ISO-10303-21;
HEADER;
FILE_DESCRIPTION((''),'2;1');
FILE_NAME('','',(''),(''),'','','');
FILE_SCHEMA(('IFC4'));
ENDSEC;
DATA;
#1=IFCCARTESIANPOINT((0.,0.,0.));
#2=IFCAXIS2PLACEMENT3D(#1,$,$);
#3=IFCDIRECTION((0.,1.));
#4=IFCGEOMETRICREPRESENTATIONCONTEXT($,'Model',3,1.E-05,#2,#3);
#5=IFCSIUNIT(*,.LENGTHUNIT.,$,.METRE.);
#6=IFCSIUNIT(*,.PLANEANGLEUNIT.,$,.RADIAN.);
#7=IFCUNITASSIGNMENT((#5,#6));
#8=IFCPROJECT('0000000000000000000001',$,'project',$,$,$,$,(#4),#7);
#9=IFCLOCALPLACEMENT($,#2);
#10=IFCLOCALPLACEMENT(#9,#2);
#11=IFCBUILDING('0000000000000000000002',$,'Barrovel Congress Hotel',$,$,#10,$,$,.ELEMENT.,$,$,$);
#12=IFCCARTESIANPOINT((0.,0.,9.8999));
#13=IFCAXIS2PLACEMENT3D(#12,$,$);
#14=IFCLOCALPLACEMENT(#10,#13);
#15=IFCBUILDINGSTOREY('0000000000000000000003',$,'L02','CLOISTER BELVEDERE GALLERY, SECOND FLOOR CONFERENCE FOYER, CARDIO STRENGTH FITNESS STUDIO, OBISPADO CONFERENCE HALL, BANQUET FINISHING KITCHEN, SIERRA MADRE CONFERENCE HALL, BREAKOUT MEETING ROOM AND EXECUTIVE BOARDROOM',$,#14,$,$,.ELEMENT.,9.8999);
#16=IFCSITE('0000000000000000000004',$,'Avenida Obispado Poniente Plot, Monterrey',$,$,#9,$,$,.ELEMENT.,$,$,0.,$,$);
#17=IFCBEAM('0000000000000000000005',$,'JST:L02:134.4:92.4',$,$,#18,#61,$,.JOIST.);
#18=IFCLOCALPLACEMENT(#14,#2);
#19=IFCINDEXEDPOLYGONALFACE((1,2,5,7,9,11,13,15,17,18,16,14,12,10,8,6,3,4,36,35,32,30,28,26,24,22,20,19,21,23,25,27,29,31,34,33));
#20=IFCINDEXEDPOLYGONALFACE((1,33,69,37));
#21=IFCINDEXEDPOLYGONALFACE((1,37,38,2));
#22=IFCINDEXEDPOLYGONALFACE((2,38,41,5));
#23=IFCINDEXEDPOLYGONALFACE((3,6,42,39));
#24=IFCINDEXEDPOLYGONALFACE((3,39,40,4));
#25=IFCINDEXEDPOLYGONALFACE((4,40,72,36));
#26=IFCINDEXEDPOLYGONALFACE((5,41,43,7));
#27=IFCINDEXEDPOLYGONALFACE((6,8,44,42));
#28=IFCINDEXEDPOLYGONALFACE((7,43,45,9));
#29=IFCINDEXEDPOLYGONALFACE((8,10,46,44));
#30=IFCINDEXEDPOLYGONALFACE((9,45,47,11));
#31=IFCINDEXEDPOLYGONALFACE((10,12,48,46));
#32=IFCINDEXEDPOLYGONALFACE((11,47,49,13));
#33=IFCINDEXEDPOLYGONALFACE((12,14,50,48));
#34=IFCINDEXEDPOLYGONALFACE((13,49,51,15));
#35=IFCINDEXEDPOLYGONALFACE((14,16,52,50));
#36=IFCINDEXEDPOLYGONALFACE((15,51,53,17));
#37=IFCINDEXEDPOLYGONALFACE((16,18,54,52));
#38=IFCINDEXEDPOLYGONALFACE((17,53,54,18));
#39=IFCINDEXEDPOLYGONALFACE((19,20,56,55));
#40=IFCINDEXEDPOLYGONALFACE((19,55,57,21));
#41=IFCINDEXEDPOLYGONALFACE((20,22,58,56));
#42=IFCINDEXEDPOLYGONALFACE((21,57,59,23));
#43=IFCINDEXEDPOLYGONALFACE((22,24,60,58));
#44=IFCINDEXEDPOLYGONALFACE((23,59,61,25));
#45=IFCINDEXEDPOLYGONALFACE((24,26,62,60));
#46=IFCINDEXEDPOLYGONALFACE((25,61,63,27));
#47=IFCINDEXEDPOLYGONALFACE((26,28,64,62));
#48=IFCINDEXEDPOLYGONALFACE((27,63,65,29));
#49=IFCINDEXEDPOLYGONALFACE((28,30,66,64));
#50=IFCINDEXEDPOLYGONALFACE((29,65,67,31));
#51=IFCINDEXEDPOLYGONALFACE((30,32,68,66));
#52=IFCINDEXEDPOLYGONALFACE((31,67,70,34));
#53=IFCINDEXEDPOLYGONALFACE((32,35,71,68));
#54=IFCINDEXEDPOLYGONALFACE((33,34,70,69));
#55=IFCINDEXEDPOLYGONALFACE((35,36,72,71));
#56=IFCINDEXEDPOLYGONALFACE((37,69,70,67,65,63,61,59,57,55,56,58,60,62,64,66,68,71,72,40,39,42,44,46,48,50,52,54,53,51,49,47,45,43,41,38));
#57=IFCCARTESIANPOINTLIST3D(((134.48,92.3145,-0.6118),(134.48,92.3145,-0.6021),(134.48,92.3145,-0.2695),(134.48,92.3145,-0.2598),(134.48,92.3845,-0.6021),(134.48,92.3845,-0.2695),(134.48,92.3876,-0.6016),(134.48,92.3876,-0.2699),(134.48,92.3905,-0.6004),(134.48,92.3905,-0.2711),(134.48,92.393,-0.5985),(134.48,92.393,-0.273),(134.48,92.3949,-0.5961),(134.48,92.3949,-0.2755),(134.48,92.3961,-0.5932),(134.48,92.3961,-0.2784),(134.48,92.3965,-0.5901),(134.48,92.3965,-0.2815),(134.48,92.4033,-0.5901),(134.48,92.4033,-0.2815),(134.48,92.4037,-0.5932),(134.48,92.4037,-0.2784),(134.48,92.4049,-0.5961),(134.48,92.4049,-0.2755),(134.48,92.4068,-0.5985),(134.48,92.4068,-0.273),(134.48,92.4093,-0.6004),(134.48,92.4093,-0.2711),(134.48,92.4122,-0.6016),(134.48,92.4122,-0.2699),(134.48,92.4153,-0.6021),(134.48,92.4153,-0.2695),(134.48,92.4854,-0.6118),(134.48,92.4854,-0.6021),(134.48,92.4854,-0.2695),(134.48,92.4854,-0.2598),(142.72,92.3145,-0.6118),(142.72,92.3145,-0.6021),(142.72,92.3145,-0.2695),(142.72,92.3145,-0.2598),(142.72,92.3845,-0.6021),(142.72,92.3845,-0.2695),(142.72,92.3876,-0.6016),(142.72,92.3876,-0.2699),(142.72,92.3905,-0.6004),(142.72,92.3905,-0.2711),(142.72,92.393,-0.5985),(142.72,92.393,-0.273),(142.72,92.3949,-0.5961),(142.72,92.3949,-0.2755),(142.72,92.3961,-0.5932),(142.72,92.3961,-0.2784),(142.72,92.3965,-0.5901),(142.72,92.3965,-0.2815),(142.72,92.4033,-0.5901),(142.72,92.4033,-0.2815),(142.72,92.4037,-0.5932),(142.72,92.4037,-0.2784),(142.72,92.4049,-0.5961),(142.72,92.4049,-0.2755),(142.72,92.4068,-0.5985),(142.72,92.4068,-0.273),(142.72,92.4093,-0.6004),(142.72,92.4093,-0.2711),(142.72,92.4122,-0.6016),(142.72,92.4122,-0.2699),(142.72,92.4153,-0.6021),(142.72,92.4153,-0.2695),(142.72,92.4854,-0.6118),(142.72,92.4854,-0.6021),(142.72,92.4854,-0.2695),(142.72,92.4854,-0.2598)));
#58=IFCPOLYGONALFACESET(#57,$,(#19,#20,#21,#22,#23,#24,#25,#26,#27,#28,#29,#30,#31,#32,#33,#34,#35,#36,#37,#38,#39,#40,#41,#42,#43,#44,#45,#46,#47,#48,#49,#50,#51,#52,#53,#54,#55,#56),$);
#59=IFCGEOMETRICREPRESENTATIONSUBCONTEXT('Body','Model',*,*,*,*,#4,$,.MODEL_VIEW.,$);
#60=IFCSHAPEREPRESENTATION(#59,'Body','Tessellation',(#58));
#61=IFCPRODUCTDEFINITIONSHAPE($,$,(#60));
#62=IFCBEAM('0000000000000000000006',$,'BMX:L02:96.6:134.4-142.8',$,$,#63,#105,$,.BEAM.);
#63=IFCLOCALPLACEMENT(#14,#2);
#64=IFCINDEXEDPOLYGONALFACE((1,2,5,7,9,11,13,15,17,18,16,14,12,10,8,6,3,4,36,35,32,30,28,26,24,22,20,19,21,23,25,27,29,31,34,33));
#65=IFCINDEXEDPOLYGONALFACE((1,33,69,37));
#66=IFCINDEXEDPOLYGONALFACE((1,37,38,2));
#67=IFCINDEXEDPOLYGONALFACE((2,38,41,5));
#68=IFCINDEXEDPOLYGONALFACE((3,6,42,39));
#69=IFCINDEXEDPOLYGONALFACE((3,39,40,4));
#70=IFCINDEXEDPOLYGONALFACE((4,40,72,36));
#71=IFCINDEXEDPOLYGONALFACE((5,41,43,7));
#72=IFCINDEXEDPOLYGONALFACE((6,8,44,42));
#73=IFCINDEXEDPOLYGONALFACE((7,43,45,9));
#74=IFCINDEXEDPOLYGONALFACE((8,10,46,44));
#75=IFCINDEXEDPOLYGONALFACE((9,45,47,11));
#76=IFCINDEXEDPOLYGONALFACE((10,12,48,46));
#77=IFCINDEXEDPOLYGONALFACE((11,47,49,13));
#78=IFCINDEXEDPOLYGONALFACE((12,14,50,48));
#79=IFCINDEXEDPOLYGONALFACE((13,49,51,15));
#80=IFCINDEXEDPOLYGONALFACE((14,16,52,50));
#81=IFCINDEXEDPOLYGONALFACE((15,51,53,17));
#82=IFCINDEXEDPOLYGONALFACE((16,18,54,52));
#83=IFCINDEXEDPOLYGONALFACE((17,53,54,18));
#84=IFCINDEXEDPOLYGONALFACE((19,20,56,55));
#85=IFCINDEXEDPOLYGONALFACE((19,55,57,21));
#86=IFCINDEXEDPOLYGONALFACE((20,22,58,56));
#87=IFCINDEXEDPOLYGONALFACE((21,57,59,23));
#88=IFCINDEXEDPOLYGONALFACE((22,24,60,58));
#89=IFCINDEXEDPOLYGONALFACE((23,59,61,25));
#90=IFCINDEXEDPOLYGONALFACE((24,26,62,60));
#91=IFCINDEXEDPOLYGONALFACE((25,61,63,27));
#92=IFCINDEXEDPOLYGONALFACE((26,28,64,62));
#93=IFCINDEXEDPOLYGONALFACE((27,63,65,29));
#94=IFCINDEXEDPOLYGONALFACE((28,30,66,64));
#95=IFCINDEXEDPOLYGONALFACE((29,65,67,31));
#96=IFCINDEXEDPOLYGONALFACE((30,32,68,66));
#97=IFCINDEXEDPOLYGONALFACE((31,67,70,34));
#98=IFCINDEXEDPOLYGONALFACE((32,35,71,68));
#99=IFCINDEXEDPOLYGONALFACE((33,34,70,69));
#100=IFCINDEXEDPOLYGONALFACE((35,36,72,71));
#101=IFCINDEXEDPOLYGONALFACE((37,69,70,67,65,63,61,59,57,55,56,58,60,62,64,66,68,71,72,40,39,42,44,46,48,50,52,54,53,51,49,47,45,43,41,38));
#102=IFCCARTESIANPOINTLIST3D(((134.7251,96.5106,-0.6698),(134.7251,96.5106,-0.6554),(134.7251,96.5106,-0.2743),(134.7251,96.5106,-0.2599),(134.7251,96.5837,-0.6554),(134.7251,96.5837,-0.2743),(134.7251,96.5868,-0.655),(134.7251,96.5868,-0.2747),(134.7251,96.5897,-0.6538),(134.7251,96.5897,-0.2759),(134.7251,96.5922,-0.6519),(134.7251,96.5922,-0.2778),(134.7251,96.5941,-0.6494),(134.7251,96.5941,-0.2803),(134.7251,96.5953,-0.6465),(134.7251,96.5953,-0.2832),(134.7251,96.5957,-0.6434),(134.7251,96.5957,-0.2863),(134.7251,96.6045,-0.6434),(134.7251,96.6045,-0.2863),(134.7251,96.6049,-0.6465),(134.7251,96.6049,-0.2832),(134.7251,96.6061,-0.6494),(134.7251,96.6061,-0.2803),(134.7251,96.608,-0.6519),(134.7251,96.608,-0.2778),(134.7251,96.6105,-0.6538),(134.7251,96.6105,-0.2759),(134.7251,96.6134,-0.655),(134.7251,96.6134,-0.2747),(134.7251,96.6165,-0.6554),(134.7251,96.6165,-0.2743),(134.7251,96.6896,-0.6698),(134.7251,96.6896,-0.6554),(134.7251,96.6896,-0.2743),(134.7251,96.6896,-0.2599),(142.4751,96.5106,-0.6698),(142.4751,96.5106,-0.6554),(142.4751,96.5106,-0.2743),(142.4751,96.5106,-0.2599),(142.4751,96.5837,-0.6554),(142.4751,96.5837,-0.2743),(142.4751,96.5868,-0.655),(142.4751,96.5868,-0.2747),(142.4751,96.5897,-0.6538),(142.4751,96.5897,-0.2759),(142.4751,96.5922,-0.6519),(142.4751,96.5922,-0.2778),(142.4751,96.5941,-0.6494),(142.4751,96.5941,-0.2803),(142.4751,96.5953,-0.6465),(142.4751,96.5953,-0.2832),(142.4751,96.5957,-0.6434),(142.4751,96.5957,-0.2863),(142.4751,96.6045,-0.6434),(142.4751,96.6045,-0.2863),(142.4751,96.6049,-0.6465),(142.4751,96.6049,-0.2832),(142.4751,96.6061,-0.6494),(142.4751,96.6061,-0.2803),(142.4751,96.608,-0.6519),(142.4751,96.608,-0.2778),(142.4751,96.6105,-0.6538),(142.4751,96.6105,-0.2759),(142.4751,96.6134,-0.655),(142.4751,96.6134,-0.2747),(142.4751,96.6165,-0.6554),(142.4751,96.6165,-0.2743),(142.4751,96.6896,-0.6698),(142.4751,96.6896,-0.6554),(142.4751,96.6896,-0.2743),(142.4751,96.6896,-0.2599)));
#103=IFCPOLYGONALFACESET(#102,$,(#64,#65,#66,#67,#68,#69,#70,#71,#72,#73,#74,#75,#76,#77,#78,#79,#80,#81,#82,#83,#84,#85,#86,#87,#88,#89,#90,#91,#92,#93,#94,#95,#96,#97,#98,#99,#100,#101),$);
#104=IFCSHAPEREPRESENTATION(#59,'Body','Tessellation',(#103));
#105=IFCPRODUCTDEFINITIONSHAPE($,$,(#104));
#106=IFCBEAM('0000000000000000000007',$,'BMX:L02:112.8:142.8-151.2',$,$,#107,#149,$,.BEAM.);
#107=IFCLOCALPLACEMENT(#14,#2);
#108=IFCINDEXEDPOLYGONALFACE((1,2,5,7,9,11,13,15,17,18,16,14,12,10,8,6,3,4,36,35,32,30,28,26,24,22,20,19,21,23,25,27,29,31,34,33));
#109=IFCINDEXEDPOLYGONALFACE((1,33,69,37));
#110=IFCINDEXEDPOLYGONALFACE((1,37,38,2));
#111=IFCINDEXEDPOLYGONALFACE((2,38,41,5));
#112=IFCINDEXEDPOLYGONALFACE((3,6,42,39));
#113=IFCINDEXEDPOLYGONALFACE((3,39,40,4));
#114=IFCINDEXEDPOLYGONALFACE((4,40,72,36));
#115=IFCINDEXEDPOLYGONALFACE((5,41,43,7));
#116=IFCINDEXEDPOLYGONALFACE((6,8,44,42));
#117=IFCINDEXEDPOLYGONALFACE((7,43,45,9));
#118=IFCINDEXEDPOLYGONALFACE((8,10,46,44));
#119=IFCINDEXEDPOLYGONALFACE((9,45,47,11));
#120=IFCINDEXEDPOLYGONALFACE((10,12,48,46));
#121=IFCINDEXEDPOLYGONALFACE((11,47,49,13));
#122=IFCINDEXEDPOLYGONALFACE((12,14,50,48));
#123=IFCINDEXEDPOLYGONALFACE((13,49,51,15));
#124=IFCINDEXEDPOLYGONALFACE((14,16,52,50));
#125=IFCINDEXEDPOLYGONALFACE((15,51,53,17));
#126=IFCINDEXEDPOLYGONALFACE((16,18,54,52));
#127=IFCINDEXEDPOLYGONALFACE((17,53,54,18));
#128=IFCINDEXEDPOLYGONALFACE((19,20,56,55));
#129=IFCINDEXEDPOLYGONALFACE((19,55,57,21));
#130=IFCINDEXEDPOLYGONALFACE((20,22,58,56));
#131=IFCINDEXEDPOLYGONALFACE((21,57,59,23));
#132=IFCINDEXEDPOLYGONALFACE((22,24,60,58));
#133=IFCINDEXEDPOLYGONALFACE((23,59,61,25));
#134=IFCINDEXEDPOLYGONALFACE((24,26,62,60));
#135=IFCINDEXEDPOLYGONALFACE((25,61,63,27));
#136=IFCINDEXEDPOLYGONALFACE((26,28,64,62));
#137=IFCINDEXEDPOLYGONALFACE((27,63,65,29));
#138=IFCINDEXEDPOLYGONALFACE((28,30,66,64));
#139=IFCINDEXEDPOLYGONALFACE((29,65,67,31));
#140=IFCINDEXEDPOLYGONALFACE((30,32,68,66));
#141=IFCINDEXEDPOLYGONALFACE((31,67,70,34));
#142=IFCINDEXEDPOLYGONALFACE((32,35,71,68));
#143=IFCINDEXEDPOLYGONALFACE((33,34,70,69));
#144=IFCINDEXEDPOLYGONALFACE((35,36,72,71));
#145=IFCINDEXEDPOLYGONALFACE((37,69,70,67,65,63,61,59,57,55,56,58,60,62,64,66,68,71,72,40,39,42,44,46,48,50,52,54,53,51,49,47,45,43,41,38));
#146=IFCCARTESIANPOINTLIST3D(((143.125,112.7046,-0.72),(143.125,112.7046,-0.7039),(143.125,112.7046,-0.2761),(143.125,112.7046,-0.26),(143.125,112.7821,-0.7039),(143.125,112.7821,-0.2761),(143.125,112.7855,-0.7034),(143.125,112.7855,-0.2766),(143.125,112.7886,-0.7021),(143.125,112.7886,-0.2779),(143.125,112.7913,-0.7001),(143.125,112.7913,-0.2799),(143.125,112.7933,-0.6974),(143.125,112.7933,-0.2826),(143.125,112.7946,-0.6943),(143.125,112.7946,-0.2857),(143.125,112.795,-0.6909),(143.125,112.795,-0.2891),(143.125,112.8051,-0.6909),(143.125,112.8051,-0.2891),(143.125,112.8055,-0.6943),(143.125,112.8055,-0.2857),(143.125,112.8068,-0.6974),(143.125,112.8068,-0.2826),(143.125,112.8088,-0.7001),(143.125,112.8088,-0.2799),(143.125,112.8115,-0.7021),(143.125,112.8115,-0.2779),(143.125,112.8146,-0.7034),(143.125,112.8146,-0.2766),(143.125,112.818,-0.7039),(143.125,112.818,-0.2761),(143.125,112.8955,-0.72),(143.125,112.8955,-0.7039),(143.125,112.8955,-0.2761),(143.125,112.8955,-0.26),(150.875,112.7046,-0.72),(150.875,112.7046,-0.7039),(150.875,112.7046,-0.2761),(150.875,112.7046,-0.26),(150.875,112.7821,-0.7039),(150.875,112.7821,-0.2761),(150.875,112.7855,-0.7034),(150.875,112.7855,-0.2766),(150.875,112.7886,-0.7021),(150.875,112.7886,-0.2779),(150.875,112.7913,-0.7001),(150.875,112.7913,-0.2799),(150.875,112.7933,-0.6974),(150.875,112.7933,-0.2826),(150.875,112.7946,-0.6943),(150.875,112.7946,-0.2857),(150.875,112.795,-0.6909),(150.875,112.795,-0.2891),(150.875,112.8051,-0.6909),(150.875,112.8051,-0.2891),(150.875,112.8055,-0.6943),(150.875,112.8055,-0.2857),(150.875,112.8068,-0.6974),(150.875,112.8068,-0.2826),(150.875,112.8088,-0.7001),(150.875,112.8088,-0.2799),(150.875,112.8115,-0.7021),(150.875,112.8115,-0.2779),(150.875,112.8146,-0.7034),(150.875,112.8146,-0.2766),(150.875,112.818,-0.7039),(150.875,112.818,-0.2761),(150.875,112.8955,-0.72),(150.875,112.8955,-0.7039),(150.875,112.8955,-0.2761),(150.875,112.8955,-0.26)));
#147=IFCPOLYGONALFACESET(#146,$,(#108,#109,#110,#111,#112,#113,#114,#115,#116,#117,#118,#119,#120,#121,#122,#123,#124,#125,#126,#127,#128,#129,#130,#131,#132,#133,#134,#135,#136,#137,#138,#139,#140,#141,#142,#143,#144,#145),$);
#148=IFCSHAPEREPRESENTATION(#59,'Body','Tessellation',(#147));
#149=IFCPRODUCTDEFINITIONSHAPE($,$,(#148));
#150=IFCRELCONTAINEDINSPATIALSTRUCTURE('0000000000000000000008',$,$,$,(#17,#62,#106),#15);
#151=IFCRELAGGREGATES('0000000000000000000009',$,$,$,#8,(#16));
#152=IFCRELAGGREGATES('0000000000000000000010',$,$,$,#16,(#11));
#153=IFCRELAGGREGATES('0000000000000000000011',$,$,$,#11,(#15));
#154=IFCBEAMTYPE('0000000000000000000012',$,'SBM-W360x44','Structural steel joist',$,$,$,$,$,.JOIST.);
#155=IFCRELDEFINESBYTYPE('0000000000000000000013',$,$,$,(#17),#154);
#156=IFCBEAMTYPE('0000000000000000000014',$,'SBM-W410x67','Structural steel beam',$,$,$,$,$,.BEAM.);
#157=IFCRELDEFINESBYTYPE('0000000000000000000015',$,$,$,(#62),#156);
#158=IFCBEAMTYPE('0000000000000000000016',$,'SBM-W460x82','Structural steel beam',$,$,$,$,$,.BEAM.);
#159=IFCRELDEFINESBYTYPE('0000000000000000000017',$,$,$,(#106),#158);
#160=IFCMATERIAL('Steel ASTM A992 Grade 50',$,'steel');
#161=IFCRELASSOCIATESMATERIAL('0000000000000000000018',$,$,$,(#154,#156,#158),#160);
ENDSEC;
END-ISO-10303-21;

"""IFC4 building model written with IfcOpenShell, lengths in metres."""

from ifc_helpers import new_model, si_unit, direction, frame, origin, origin_2d, place, context, subcontext, project, spatial, i_section, extrude, material, material_profile, profile_set, type_object, element, save


model = new_model("IFC4")

# Units and contexts
model_context = context("Model", 3, precision=1e-05, world=origin(), true_north=direction((0.0, 1.0)))
body_context = subcontext(model_context, "Body", "Model", "MODEL_VIEW")
ifc_project = project(units=[si_unit("LENGTHUNIT", "METRE"), si_unit("PLANEANGLEUNIT", "RADIAN")], contexts=[model_context])

# Site, building, storey
site_placement = place(None, origin())
site = spatial("IfcSite", under=ifc_project, at=site_placement, Name="Avenida Obispado Poniente Plot, Monterrey", CompositionType="ELEMENT", RefElevation=0.0)
building_placement = place(site_placement, origin())
building = spatial("IfcBuilding", under=site, at=building_placement, Name="Barrovel Congress Hotel", CompositionType="ELEMENT")
storey_placement = place(building_placement, frame((0.0, 0.0, 9.8999)))
storey = spatial("IfcBuildingStorey", under=building, at=storey_placement, Name="L02", Description="CLOISTER BELVEDERE GALLERY, SECOND FLOOR CONFERENCE FOYER, CARDIO STRENGTH FITNESS STUDIO, OBISPADO CONFERENCE HALL, BANQUET FINISHING KITCHEN, SIERRA MADRE CONFERENCE HALL, BREAKOUT MEETING ROOM AND EXECUTIVE BOARDROOM", CompositionType="ELEMENT", Elevation=9.8999)

# Beams
ifc_material_1 = material(Name="Steel ASTM A992 Grade 50", Category="steel")
ifc_material_profile_1 = material_profile(ifc_material_1, i_section(OverallWidth=0.1709, OverallDepth=0.3521, WebThickness=0.0068, FlangeThickness=0.0098, FilletRadius=0.012, at=origin_2d()), Name="W360x44")
ifc_profile_set_1 = profile_set([ifc_material_profile_1], Name="Steel ASTM A992 Grade 50")
beam_type_1 = type_object("IfcBeamType", Name="SBM-W360x44", Description="Structural steel joist", PredefinedType="JOIST", material=ifc_profile_set_1)
beam_1_placement = place(storey_placement, frame((134.48, 92.3999, -0.4358), z_axis=(1.0, 0.0, 0.0), x_axis=(0.0, 1.0, 0.0)))
element("IfcBeam", 1, at=beam_1_placement, inside=storey, type_object=beam_type_1, Name="JST:L02:134.4:92.4", PredefinedType="JOIST", context=body_context, shape_type="SweptSolid", body=[
    extrude(i_section(OverallWidth=0.1709, OverallDepth=0.3521, WebThickness=0.0068, FlangeThickness=0.0098, FilletRadius=0.012, at=origin_2d()), origin(), (0.0, 0.0, 1.0), 8.24),
])
ifc_material_profile_2 = material_profile(ifc_material_1, i_section(OverallWidth=0.179, OverallDepth=0.4099, WebThickness=0.0088, FlangeThickness=0.0144, FilletRadius=0.012, at=origin_2d()), Name="W410x67")
ifc_profile_set_2 = profile_set([ifc_material_profile_2], Name="Steel ASTM A992 Grade 50")
beam_type_2 = type_object("IfcBeamType", Name="SBM-W410x67", Description="Structural steel beam", PredefinedType="BEAM", material=ifc_profile_set_2)
beam_2_placement = place(storey_placement, frame((134.7251, 96.6001, -0.4648), z_axis=(1.0, 0.0, 0.0), x_axis=(0.0, 1.0, 0.0)))
element("IfcBeam", 2, at=beam_2_placement, inside=storey, type_object=beam_type_2, Name="BMX:L02:96.6:134.4-142.8", PredefinedType="BEAM", context=body_context, shape_type="SweptSolid", body=[
    extrude(i_section(OverallWidth=0.179, OverallDepth=0.4099, WebThickness=0.0088, FlangeThickness=0.0144, FilletRadius=0.012, at=origin_2d()), origin(), (0.0, 0.0, 1.0), 7.75),
])
ifc_material_profile_3 = material_profile(ifc_material_1, i_section(OverallWidth=0.1909, OverallDepth=0.46, WebThickness=0.01, FlangeThickness=0.0161, FilletRadius=0.0129, at=origin_2d()), Name="W460x82")
ifc_profile_set_3 = profile_set([ifc_material_profile_3], Name="Steel ASTM A992 Grade 50")
beam_type_3 = type_object("IfcBeamType", Name="SBM-W460x82", Description="Structural steel beam", PredefinedType="BEAM", material=ifc_profile_set_3)
beam_3_placement = place(storey_placement, frame((143.125, 112.8, -0.49), z_axis=(1.0, 0.0, 0.0), x_axis=(0.0, 1.0, 0.0)))
element("IfcBeam", 3, at=beam_3_placement, inside=storey, type_object=beam_type_3, Name="BMX:L02:112.8:142.8-151.2", PredefinedType="BEAM", context=body_context, shape_type="SweptSolid", body=[
    extrude(i_section(OverallWidth=0.1909, OverallDepth=0.46, WebThickness=0.01, FlangeThickness=0.0161, FilletRadius=0.0129, at=origin_2d()), origin(), (0.0, 0.0, 1.0), 7.75),
])

save(model, "model.ifc")
